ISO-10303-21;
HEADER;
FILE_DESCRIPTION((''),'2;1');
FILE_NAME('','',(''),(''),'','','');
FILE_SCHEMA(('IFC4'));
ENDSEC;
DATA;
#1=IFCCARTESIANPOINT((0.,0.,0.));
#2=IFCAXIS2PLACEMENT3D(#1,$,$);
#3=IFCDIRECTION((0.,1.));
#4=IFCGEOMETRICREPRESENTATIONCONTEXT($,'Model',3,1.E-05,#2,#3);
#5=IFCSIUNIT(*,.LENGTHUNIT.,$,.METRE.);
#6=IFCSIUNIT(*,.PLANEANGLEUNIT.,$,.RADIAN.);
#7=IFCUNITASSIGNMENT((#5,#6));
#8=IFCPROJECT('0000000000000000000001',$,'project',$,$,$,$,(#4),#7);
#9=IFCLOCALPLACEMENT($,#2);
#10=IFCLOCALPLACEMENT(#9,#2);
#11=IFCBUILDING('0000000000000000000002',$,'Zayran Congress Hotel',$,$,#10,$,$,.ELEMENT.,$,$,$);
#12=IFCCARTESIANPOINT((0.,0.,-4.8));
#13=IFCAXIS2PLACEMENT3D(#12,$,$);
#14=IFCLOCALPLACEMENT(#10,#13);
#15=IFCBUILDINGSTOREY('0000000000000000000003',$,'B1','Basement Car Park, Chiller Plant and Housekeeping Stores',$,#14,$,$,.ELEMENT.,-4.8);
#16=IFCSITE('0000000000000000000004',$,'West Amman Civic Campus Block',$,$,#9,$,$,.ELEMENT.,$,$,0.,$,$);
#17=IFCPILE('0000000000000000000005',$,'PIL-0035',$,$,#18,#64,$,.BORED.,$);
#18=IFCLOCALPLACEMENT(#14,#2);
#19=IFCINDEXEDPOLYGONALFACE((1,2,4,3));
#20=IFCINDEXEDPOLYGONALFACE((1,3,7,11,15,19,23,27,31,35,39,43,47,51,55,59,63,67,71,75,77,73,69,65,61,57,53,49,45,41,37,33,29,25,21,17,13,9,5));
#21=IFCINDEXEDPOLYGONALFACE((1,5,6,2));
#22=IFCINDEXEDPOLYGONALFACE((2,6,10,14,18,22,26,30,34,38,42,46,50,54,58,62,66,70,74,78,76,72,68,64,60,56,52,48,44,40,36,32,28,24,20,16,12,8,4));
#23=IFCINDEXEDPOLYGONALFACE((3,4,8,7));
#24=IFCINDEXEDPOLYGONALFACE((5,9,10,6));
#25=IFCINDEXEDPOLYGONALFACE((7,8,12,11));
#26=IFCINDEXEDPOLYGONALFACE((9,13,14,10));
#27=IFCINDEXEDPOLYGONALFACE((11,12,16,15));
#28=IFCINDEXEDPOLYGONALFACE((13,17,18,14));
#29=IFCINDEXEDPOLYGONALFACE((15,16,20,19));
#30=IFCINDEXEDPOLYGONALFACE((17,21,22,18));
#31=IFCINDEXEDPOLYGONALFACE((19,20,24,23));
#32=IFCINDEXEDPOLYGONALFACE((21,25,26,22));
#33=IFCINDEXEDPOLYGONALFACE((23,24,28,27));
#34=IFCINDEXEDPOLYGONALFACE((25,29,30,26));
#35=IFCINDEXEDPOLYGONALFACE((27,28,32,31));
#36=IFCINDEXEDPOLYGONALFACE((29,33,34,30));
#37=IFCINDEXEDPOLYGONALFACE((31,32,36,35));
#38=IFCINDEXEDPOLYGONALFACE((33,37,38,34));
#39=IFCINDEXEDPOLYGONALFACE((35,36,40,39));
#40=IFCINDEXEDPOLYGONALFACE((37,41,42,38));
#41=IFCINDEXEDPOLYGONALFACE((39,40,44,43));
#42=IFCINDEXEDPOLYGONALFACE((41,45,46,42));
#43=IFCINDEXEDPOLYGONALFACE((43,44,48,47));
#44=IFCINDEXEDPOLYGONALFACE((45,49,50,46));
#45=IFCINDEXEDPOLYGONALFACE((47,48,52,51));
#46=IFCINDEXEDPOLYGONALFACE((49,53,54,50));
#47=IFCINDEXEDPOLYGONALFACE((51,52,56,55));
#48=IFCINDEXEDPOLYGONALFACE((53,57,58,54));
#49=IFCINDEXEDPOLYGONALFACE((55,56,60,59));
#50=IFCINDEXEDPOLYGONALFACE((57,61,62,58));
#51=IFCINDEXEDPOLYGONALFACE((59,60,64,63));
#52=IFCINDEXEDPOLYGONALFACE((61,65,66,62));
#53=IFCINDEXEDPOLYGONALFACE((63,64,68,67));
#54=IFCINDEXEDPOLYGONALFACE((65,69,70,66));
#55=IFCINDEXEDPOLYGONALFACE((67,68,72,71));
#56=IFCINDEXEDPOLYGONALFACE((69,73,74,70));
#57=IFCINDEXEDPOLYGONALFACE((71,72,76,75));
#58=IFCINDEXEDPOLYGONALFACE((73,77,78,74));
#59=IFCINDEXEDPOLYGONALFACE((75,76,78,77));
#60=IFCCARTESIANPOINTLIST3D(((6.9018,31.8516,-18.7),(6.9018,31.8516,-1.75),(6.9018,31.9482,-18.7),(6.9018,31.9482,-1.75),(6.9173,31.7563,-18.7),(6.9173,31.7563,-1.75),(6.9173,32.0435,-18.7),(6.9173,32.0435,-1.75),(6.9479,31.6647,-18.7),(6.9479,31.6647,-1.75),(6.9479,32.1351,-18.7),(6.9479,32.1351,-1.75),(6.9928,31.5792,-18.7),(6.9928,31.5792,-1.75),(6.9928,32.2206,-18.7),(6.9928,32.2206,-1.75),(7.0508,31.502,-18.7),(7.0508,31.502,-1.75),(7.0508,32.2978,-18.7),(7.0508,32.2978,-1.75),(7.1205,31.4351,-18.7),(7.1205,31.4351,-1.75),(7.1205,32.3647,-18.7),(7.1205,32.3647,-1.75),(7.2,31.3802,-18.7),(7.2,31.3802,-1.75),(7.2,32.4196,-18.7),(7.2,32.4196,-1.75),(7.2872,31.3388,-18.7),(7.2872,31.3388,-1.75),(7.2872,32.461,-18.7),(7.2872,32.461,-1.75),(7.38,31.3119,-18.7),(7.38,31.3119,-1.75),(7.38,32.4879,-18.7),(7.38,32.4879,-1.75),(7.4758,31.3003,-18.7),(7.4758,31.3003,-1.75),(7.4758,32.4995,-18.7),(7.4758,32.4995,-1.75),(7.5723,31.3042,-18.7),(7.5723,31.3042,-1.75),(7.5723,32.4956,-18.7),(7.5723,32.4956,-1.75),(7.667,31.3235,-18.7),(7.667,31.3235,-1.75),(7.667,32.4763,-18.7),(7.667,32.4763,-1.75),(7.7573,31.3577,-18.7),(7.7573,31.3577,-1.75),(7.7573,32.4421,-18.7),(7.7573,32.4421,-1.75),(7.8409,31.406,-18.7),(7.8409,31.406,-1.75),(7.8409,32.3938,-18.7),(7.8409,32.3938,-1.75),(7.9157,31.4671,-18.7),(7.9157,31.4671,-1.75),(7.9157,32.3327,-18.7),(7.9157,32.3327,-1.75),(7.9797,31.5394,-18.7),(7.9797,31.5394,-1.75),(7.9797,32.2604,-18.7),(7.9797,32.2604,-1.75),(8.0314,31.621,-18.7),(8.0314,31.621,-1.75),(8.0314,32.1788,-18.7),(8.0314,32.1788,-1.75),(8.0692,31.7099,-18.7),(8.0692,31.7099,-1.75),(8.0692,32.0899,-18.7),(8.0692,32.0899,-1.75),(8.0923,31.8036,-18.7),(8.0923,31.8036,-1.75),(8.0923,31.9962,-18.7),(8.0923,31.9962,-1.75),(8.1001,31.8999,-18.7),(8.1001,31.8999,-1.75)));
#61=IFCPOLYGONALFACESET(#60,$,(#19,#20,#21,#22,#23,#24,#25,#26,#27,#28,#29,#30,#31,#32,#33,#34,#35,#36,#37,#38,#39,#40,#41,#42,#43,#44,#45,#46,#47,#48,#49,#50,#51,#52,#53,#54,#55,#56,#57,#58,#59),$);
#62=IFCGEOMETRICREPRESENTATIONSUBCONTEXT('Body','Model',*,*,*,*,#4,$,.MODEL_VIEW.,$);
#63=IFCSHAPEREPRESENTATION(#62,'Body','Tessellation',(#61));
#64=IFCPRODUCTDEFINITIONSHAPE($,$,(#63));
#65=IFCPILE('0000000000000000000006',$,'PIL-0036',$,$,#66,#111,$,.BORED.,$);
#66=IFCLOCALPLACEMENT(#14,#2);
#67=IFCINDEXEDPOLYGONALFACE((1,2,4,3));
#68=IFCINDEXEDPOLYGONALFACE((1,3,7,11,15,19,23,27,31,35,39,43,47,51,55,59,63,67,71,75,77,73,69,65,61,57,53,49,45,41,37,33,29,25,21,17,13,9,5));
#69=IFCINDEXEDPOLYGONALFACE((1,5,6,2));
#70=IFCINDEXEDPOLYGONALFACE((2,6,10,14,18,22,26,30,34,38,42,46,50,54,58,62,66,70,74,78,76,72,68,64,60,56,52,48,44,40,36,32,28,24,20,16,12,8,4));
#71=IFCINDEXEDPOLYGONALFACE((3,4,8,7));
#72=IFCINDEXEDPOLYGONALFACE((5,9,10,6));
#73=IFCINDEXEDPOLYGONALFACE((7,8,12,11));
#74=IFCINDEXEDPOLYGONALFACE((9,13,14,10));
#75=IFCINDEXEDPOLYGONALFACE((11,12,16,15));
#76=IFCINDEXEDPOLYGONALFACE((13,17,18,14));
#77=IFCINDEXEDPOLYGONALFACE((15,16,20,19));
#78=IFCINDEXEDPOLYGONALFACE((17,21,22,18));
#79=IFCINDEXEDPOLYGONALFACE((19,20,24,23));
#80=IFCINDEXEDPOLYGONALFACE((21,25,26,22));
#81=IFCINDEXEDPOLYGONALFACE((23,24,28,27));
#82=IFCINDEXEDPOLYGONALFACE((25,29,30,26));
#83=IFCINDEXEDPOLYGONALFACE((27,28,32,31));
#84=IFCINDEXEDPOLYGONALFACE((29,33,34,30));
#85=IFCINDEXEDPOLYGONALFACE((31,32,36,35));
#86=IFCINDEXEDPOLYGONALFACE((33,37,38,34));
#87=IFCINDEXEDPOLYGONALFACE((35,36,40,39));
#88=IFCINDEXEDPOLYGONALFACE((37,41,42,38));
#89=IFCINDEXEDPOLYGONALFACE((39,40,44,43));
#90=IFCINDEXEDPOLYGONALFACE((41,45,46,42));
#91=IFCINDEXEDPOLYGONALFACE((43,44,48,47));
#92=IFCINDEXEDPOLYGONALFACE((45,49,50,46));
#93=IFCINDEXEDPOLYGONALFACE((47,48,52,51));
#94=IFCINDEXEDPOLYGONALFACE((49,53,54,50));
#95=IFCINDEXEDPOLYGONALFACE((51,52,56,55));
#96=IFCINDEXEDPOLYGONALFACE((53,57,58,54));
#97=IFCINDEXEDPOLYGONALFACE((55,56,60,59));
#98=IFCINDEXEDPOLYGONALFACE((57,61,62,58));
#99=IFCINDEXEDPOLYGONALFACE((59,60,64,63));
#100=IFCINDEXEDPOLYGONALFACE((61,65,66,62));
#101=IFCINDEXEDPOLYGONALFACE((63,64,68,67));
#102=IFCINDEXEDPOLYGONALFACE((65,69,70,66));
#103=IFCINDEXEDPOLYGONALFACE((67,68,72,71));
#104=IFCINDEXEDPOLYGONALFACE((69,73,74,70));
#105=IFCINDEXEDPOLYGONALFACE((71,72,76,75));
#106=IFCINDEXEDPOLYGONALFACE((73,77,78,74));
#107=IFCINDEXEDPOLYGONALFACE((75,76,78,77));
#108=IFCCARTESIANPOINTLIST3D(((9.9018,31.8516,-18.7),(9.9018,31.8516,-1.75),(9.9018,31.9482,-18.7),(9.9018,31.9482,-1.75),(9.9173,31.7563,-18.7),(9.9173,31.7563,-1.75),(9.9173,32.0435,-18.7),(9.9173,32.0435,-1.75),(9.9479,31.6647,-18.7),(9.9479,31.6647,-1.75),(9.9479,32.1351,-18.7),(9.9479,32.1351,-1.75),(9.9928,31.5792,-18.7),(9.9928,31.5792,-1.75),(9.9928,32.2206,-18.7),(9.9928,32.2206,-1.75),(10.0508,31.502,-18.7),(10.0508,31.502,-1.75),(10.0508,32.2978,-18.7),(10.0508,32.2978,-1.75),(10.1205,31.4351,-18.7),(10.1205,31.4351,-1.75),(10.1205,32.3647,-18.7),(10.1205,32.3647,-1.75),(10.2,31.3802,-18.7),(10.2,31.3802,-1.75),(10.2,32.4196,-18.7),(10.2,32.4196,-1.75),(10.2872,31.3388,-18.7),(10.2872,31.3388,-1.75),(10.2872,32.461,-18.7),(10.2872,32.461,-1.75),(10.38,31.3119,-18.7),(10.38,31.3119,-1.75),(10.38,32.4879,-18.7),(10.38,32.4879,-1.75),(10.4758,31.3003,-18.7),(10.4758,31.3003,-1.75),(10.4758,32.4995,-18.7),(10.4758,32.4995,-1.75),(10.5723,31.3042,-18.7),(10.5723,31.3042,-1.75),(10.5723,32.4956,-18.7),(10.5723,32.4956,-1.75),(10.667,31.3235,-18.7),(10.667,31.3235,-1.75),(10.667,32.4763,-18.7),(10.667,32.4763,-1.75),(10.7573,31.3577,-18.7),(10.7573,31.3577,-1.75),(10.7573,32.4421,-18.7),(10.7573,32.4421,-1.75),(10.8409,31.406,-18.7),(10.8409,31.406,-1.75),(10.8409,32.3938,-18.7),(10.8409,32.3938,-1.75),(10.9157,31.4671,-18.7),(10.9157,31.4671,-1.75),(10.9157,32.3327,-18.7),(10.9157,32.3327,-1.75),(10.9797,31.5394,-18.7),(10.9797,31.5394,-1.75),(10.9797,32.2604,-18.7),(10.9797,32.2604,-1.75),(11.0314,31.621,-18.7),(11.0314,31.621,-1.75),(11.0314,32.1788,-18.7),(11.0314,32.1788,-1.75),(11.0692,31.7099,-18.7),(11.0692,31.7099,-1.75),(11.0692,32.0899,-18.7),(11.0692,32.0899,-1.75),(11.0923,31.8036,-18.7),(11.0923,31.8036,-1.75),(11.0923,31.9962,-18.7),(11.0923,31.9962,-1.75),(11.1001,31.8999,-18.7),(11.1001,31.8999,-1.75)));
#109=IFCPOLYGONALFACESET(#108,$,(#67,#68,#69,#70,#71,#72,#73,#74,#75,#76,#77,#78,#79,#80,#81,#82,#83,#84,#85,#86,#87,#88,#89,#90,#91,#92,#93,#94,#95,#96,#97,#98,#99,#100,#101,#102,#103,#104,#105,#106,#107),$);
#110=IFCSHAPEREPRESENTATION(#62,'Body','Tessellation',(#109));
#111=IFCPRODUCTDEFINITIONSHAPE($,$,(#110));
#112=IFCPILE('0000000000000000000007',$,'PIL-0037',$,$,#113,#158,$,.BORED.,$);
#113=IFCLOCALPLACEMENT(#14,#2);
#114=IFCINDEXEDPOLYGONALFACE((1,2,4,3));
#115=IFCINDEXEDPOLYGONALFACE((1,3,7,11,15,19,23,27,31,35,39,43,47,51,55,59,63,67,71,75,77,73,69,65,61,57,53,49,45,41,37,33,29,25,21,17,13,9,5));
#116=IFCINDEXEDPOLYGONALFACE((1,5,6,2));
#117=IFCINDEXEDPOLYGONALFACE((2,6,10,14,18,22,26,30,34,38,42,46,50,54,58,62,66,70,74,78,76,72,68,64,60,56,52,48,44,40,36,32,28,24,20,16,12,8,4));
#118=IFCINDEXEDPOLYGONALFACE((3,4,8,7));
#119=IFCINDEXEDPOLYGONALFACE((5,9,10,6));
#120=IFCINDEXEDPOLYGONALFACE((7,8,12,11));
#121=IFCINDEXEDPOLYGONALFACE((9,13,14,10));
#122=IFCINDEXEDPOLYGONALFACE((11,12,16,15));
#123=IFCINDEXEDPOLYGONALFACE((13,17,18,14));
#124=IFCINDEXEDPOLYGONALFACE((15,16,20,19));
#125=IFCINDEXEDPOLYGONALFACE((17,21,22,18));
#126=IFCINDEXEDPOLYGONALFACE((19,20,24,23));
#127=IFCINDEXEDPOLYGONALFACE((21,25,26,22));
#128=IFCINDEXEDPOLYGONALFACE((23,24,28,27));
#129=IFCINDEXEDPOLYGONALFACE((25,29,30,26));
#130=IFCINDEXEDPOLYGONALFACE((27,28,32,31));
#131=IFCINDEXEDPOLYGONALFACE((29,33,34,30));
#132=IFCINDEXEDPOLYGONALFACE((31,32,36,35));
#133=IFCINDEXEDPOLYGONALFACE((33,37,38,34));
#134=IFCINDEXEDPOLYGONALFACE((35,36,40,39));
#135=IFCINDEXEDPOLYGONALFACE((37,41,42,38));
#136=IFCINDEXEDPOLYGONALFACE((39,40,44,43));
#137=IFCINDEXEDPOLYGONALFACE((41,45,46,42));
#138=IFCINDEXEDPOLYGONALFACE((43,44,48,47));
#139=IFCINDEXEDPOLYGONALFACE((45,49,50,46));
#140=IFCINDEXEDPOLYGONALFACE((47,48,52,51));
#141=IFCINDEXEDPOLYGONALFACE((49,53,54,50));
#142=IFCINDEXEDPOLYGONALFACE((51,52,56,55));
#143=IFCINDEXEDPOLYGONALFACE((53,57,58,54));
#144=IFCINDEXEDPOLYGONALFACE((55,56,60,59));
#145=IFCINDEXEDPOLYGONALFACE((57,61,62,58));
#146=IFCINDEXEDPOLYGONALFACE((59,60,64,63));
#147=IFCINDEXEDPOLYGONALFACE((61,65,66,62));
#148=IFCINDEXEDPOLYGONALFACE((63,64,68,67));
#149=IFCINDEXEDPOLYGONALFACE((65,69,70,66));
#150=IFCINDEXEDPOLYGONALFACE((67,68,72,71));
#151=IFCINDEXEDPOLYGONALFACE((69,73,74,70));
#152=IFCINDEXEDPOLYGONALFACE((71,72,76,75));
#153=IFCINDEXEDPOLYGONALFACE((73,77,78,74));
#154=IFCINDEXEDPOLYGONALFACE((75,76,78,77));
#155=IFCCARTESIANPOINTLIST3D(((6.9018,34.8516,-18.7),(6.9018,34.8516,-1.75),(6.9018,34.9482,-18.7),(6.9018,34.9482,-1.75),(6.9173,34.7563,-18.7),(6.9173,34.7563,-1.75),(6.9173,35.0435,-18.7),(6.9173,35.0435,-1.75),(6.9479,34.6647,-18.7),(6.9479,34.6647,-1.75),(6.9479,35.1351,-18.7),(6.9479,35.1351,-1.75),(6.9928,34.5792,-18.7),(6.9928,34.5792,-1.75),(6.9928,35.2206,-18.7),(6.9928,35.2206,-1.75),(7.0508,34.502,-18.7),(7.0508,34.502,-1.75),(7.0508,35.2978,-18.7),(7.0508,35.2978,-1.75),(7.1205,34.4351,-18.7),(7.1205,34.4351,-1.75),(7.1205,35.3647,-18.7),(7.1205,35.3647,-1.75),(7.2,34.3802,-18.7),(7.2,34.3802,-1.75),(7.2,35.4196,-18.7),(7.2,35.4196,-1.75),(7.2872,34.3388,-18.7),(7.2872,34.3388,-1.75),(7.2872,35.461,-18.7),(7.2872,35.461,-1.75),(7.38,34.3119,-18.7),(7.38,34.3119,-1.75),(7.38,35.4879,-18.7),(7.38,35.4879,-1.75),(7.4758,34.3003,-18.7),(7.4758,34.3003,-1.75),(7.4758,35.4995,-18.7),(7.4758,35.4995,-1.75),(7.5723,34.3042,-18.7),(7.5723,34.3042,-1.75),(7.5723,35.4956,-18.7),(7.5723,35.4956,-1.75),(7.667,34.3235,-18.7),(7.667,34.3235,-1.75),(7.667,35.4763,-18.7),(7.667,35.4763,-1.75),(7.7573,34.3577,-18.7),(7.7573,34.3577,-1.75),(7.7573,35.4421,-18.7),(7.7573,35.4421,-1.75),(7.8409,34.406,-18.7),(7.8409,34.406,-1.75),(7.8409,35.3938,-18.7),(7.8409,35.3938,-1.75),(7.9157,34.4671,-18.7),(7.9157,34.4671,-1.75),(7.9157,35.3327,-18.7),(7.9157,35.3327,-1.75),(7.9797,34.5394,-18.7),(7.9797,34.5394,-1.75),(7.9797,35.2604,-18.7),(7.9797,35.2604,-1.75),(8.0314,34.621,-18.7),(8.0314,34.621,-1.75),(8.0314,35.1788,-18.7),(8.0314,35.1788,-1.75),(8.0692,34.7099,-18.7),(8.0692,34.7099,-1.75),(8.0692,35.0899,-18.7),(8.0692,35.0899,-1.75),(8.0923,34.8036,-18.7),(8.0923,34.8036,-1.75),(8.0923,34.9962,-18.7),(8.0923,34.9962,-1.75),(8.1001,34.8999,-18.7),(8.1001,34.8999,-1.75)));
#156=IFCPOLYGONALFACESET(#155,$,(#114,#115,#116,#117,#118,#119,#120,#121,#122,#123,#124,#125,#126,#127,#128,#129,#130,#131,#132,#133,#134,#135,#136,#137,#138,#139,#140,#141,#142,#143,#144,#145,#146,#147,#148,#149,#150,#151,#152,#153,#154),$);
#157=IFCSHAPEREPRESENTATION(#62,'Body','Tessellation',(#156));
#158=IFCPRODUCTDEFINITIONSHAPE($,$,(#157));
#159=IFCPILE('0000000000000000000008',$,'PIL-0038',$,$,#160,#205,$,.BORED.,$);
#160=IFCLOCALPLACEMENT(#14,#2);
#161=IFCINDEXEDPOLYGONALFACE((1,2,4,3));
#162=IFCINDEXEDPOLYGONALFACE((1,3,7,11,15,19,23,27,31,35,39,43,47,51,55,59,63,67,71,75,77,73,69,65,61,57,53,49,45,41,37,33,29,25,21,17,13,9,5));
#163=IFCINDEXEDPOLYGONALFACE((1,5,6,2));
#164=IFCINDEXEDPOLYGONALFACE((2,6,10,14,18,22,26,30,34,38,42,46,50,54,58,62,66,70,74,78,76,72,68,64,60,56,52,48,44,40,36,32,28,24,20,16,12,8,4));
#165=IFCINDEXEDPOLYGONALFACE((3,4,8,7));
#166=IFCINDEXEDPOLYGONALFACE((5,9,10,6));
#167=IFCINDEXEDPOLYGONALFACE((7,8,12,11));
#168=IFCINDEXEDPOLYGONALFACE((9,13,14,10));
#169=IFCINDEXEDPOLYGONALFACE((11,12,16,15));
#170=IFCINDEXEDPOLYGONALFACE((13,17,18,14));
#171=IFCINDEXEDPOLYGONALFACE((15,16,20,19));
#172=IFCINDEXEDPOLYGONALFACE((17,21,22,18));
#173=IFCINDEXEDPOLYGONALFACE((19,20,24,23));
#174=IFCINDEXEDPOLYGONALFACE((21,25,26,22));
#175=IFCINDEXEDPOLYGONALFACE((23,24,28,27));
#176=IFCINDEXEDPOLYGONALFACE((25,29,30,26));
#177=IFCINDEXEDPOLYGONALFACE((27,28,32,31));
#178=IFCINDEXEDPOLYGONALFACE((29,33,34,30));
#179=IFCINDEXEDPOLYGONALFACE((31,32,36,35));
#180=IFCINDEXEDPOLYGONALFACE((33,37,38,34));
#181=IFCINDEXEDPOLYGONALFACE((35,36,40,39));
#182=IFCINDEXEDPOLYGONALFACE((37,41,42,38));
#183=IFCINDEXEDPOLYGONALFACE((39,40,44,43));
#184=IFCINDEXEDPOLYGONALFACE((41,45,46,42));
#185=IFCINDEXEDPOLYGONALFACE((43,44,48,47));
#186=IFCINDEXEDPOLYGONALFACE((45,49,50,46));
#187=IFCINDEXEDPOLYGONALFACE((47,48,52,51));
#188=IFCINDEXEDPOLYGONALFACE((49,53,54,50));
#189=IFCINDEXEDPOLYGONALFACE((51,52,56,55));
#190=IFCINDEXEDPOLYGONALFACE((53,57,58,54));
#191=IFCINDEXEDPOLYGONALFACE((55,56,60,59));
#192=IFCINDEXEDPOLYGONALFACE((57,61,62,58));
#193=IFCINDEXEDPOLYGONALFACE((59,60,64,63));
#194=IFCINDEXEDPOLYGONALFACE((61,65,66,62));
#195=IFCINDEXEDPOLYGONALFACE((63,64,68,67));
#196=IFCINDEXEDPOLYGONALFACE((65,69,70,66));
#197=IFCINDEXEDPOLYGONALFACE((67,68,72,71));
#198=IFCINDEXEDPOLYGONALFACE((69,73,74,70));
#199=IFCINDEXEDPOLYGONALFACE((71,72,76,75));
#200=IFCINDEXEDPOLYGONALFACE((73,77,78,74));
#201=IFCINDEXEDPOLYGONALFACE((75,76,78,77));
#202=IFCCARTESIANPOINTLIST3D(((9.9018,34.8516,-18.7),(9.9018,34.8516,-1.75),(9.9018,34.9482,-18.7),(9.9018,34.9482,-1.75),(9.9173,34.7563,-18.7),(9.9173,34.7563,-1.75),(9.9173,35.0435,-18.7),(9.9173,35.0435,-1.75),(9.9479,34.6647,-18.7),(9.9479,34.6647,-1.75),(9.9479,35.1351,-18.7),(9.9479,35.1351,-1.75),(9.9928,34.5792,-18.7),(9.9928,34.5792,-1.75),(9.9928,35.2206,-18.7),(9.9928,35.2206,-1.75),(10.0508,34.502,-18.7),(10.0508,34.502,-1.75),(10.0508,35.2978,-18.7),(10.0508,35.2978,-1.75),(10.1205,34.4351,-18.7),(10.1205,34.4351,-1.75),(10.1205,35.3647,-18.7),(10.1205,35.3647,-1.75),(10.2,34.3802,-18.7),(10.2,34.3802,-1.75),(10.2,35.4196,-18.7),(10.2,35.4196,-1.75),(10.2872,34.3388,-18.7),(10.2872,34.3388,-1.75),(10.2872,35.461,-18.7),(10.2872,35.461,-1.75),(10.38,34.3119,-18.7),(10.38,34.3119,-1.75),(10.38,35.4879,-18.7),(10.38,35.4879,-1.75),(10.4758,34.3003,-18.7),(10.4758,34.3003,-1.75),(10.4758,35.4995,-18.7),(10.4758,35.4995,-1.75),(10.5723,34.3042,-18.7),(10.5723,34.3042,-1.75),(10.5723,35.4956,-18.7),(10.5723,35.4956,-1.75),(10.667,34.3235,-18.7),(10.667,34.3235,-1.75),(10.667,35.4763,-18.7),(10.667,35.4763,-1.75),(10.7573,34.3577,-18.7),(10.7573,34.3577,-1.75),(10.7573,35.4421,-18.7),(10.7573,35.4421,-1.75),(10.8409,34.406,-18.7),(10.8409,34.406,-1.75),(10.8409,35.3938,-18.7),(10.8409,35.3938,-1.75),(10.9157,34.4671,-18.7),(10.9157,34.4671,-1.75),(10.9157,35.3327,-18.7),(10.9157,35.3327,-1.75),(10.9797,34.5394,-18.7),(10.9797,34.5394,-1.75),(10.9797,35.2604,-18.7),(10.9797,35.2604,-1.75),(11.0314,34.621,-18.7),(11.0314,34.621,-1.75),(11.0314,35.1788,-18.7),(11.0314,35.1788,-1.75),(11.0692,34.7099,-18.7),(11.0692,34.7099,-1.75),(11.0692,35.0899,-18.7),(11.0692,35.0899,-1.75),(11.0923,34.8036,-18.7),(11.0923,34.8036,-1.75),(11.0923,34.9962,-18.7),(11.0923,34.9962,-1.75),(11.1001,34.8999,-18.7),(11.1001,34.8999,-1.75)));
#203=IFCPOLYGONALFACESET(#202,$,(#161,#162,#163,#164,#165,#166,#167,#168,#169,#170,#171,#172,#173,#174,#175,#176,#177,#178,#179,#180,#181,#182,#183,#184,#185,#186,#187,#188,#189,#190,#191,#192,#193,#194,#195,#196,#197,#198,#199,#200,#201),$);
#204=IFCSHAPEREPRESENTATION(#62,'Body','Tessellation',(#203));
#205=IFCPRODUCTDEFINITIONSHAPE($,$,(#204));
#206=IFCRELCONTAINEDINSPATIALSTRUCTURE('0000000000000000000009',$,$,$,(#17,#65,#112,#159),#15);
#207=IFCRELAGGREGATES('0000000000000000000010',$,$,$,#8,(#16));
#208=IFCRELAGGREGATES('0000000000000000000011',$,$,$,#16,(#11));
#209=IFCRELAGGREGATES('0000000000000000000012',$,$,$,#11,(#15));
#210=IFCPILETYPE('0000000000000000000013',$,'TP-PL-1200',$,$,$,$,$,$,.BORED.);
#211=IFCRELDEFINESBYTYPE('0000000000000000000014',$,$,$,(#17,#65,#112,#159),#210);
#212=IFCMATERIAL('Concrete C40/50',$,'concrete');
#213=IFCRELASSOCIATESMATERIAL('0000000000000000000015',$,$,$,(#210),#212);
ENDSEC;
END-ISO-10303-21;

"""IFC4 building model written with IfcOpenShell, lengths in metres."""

from ifc_helpers import new_model, si_unit, direction, frame, origin, origin_2d, place, context, subcontext, project, spatial, circle, extrude, material, material_profile, profile_set, type_object, element, save


model = new_model("IFC4")

# Units and contexts
model_context = context("Model", 3, precision=1e-05, world=origin(), true_north=direction((0.0, 1.0)))
body_context = subcontext(model_context, "Body", "Model", "MODEL_VIEW")
ifc_project = project(units=[si_unit("LENGTHUNIT", "METRE"), si_unit("PLANEANGLEUNIT", "RADIAN")], contexts=[model_context])

# Site, building, storey
site_placement = place(None, origin())
site = spatial("IfcSite", under=ifc_project, at=site_placement, Name="West Amman Civic Campus Block", CompositionType="ELEMENT", RefElevation=0.0)
building_placement = place(site_placement, origin())
building = spatial("IfcBuilding", under=site, at=building_placement, Name="Zayran Congress Hotel", CompositionType="ELEMENT")
storey_placement = place(building_placement, frame((0.0, 0.0, -4.8)))
storey = spatial("IfcBuildingStorey", under=building, at=storey_placement, Name="B1", Description="Basement Car Park, Chiller Plant and Housekeeping Stores", CompositionType="ELEMENT", Elevation=-4.8)

# Piles
ifc_material = material(Name="Concrete C40/50", Category="concrete")
ifc_material_profile_1 = material_profile(ifc_material, circle(Radius=0.6001, at=origin_2d()), Name="PILE D1200")
ifc_profile_set_1 = profile_set([ifc_material_profile_1], Name="Concrete C40/50")
pile_type_1 = type_object("IfcPileType", Name="TP-PL-1200", PredefinedType="BORED", material=ifc_profile_set_1)
for number, where, z_axis, x_axis, name in (
    (1, (7.5, 31.8999, -1.75), (0.0, 0.0, -1.0), (1.0, 0.0, 0.0), "PIL-0035"),
    (2, (10.5, 31.8999, -1.75), (0.0, 0.0, -1.0), (1.0, 0.0, 0.0), "PIL-0036"),
    (3, (7.5, 34.8999, -1.75), (0.0, 0.0, -1.0), (1.0, 0.0, 0.0), "PIL-0037"),
    (4, (10.5, 34.8999, -1.75), (0.0, 0.0, -1.0), (1.0, 0.0, 0.0), "PIL-0038"),
):
    element("IfcPile", number, at=place(storey_placement, frame(where, z_axis=z_axis, x_axis=x_axis)), inside=storey, type_object=pile_type_1, Name=name, PredefinedType="BORED", context=body_context, shape_type="SweptSolid", body=[
        extrude(circle(Radius=0.6001, at=origin_2d()), origin(), (0.0, 0.0, 1.0), 16.95),
    ])

save(model, "model.ifc")
